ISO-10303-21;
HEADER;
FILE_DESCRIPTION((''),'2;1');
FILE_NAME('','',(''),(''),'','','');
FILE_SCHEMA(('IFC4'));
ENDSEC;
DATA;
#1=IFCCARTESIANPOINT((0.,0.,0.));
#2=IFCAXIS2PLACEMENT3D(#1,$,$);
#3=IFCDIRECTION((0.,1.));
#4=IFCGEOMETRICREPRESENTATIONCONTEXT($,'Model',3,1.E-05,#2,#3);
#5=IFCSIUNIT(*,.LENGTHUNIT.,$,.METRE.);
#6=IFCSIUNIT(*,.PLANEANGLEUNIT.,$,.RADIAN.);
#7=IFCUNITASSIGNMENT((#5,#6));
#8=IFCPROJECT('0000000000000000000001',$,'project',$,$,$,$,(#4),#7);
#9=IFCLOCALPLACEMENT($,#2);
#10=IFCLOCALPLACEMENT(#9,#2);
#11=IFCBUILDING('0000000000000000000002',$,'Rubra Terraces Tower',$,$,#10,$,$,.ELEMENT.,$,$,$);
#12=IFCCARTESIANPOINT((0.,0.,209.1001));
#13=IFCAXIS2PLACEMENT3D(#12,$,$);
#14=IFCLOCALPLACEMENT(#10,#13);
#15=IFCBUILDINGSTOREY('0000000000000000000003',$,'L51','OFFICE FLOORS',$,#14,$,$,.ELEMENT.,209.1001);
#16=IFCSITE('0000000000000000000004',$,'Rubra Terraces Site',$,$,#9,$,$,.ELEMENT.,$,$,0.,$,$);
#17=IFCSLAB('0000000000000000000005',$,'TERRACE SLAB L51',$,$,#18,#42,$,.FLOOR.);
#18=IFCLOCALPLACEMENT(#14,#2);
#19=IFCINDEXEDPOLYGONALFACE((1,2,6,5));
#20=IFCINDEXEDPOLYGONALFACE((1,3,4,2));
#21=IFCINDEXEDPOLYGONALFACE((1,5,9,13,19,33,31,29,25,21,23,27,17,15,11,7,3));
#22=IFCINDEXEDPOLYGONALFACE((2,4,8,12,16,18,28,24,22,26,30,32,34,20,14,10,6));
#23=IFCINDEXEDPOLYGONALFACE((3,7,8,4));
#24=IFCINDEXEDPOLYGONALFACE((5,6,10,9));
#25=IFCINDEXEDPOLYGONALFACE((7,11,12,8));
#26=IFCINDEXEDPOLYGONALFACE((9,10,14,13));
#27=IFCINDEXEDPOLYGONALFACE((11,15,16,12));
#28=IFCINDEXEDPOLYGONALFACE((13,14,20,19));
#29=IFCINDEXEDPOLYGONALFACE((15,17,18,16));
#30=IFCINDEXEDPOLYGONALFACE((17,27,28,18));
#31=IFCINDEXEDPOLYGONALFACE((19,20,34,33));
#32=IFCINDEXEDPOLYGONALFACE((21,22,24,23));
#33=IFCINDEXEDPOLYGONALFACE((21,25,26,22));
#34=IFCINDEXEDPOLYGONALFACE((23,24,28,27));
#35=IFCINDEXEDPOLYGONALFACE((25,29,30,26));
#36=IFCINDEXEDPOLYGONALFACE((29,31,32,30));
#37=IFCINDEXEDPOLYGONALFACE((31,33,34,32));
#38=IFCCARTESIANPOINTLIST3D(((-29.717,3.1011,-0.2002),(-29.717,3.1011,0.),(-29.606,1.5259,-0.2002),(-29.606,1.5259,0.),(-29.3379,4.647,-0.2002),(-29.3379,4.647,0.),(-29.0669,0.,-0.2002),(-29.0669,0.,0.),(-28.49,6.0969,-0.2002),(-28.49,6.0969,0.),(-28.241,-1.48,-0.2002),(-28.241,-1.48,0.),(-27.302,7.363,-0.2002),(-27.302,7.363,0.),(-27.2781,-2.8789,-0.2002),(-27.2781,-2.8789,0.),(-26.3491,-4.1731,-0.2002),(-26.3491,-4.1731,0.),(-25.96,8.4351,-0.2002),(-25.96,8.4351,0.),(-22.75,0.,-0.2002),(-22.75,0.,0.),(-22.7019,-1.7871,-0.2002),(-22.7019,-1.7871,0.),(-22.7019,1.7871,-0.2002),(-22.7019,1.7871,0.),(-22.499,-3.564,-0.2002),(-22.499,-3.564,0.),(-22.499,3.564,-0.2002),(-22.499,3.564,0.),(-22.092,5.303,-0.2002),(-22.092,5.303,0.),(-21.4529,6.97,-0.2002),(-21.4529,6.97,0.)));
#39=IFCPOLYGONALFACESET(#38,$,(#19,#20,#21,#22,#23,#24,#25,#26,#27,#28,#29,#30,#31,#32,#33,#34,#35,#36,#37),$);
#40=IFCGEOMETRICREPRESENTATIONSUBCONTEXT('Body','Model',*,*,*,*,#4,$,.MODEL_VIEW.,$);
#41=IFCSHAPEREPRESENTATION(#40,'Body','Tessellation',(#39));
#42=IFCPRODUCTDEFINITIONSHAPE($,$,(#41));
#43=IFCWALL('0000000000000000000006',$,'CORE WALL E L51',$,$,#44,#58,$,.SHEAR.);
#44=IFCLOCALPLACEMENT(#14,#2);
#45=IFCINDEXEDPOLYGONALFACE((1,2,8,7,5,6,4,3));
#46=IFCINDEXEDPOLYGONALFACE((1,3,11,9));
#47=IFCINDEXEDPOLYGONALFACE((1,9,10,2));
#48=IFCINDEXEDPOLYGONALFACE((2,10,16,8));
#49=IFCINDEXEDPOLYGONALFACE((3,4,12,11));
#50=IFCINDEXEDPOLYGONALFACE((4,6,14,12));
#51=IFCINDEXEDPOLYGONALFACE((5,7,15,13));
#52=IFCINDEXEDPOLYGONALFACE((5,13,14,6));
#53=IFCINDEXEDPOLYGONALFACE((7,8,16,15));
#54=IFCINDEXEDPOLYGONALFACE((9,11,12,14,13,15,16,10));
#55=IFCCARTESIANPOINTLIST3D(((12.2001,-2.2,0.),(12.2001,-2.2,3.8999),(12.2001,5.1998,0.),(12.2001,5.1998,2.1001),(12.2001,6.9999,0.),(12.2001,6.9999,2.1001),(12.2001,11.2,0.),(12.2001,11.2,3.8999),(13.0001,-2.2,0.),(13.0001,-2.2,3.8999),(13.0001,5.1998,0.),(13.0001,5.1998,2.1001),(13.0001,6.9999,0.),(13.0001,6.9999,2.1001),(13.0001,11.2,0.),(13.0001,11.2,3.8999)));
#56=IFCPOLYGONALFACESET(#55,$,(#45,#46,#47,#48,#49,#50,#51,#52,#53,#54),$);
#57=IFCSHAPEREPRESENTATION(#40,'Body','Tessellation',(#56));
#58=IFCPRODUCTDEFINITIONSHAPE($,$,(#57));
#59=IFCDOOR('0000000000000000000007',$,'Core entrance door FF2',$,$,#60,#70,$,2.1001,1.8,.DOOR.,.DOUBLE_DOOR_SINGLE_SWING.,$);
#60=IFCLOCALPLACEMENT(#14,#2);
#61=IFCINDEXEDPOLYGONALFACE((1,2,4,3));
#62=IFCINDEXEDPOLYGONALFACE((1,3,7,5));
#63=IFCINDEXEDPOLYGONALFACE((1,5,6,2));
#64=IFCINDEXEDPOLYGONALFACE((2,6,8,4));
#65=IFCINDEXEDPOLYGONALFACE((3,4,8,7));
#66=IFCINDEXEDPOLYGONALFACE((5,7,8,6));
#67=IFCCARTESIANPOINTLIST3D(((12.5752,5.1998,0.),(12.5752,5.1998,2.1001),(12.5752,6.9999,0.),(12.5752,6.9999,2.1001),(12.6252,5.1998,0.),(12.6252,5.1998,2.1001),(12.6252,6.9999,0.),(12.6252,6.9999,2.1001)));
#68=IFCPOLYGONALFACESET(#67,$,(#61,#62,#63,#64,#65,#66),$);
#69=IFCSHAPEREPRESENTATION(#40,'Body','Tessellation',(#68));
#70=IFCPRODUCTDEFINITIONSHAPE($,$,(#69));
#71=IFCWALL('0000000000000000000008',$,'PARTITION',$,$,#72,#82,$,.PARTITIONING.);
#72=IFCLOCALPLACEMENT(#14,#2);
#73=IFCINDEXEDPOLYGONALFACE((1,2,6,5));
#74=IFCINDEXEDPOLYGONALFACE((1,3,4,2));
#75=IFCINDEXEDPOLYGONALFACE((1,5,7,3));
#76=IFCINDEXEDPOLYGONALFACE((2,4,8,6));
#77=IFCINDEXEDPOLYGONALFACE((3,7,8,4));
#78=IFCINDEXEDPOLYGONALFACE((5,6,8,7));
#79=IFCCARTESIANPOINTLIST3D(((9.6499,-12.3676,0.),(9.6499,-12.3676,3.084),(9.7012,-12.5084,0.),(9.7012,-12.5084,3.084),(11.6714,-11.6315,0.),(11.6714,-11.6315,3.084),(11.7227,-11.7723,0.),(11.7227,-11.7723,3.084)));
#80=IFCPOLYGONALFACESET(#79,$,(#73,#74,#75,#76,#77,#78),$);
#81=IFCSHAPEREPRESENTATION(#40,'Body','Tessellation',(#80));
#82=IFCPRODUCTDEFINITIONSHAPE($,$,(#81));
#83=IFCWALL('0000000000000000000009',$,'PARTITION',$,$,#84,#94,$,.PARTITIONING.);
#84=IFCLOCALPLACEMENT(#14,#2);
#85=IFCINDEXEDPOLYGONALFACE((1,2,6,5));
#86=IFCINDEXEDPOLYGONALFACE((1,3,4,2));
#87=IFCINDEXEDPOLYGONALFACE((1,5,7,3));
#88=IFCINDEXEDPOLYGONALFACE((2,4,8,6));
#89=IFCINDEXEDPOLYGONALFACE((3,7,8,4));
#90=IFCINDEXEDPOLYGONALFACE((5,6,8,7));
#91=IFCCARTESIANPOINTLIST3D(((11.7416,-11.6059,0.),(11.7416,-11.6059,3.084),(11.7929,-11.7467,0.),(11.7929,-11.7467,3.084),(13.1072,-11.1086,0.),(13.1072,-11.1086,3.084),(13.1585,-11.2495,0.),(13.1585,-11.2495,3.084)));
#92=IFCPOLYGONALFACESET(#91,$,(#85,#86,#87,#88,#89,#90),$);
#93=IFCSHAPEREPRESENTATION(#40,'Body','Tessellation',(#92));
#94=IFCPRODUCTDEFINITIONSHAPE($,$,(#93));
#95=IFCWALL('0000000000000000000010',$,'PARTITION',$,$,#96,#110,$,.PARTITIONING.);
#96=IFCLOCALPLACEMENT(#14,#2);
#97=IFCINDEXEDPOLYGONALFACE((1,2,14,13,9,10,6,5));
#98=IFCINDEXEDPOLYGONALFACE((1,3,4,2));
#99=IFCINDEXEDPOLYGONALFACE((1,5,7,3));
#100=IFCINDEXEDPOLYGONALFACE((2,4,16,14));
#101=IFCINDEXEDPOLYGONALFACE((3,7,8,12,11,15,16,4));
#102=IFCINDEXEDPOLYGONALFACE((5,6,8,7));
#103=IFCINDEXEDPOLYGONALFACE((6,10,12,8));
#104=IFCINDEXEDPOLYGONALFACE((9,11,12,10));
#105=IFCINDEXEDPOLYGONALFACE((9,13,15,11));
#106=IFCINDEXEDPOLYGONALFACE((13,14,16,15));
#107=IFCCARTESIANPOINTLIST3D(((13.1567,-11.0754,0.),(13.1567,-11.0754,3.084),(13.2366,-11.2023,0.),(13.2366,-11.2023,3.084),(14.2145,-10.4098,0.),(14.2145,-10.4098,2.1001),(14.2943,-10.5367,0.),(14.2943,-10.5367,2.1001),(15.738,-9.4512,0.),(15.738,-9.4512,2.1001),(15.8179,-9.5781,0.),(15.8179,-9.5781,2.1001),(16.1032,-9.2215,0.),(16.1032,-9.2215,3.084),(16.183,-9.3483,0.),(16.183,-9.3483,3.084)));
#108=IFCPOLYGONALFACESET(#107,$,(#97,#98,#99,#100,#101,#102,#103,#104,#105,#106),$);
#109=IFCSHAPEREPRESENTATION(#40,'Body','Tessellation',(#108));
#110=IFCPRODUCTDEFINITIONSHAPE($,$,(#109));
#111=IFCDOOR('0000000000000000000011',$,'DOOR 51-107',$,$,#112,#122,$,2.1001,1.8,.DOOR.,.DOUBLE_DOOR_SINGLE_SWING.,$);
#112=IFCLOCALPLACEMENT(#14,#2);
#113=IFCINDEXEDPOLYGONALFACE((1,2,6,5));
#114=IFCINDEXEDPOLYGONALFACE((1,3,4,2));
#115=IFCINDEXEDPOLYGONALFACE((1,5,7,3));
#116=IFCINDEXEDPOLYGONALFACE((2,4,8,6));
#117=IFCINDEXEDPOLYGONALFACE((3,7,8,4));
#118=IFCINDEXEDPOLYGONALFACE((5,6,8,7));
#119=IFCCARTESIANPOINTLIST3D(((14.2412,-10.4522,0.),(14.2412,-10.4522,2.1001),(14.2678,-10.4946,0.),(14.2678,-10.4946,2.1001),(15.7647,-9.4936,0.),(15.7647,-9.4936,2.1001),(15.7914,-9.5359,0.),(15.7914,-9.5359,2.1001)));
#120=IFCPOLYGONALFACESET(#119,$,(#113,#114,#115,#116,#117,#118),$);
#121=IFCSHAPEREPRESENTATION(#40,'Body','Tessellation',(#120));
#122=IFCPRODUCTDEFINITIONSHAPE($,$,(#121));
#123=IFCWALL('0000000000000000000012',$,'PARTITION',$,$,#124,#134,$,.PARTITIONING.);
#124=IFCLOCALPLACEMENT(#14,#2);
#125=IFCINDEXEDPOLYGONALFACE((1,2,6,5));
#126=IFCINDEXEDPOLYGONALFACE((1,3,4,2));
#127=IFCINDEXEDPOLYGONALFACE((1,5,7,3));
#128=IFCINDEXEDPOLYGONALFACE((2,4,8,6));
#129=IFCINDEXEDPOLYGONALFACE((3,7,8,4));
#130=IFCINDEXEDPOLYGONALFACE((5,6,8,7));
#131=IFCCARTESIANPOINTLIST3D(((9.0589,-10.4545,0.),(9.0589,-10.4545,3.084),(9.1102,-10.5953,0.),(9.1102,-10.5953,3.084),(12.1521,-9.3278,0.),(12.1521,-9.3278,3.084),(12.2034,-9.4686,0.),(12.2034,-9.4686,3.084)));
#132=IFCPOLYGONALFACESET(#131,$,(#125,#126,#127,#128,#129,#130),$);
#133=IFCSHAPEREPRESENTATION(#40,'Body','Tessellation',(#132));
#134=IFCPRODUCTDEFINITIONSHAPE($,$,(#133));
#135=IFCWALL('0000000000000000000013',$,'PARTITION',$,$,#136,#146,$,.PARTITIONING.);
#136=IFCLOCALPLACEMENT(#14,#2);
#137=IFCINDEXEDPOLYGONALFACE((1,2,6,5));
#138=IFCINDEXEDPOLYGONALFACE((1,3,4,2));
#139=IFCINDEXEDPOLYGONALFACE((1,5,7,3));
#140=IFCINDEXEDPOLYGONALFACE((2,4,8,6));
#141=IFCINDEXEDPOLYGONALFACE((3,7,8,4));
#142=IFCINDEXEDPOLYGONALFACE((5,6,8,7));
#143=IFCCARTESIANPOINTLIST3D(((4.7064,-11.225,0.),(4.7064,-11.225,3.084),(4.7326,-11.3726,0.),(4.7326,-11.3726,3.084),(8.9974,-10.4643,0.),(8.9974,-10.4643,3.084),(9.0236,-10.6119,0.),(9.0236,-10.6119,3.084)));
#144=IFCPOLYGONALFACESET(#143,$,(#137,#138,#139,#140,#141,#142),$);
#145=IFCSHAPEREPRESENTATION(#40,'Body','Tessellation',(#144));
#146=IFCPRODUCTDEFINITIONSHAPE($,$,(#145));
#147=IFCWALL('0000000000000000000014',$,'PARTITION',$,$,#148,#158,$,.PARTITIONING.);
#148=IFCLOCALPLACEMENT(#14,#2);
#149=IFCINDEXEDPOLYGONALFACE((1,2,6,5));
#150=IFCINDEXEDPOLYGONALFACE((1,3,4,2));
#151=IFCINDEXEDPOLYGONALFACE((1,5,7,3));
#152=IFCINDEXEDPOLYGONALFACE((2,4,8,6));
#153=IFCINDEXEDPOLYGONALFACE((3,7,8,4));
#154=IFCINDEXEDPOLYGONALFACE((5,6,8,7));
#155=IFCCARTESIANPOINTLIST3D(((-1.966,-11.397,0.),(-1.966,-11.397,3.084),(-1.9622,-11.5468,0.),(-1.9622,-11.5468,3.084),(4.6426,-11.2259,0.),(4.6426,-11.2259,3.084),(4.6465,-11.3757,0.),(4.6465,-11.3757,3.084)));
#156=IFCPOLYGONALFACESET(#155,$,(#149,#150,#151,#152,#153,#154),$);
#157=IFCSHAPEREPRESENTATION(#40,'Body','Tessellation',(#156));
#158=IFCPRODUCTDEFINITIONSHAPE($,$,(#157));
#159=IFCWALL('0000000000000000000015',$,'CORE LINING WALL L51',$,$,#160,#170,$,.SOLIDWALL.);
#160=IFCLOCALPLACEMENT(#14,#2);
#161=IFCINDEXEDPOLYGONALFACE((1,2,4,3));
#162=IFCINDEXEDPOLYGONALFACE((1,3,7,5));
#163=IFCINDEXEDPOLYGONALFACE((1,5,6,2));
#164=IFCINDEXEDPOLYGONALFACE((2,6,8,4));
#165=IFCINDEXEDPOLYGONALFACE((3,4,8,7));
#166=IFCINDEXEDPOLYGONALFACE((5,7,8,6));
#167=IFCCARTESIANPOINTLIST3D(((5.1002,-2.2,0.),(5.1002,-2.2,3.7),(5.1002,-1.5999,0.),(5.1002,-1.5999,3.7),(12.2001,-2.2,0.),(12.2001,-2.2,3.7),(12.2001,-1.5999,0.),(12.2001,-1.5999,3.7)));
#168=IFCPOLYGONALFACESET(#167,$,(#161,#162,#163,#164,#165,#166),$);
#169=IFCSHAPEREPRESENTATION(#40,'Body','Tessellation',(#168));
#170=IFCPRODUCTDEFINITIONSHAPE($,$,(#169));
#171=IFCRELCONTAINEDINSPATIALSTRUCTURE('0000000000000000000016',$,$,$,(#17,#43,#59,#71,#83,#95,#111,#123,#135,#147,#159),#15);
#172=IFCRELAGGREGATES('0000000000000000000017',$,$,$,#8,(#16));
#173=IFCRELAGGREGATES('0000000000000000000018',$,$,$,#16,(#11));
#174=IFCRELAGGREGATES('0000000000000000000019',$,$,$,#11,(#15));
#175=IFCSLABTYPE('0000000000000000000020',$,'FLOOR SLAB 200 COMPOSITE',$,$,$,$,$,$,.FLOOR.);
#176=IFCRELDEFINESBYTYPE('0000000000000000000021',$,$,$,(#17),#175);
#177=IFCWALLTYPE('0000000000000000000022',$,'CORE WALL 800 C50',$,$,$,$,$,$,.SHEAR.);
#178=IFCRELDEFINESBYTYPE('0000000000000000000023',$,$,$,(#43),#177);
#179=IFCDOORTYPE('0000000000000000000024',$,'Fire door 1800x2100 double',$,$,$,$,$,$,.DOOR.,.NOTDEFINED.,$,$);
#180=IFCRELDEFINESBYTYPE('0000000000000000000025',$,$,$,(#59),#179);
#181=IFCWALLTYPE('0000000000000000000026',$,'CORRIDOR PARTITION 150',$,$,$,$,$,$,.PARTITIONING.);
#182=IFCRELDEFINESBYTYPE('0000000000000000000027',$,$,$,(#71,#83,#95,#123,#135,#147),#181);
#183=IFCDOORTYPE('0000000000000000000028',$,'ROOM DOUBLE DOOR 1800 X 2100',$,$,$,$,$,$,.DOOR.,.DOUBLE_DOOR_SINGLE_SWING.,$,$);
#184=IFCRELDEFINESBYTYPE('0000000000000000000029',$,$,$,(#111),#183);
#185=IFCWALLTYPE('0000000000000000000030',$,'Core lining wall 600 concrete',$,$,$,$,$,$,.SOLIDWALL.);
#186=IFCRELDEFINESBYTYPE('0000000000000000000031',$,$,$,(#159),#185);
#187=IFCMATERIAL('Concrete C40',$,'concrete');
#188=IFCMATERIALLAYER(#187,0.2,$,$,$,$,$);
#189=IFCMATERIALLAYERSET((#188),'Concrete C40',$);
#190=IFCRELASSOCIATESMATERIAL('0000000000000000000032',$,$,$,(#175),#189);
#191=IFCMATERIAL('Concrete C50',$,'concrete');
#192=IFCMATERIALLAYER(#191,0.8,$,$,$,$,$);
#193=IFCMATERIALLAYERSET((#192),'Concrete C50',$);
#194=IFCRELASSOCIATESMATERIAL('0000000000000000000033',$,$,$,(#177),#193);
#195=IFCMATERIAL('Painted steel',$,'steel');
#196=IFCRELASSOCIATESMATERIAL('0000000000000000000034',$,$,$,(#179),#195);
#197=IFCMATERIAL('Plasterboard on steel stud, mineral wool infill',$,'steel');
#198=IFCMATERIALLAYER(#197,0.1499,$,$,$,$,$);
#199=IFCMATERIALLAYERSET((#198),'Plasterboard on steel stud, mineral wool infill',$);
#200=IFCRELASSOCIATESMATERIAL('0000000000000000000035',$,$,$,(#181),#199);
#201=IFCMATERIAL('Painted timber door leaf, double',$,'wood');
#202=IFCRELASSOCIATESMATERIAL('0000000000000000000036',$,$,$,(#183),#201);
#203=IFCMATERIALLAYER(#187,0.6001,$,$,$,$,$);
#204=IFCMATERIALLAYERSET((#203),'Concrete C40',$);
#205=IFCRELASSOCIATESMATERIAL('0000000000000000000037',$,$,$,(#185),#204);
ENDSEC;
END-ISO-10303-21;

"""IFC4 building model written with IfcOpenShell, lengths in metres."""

from ifc_helpers import new_model, si_unit, direction, frame, frame_2d, origin, place, context, subcontext, project, spatial, polyline, rectangle, outline, extrude, material, layer, layer_set, type_object, element, fill, save


model = new_model("IFC4")

# Units and contexts
model_context = context("Model", 3, precision=1e-05, world=origin(), true_north=direction((0.0, 1.0)))
body_context = subcontext(model_context, "Body", "Model", "MODEL_VIEW")
ifc_project = project(units=[si_unit("LENGTHUNIT", "METRE"), si_unit("PLANEANGLEUNIT", "RADIAN")], contexts=[model_context])

# Site, building, storey
site_placement = place(None, origin())
site = spatial("IfcSite", under=ifc_project, at=site_placement, Name="Rubra Terraces Site", CompositionType="ELEMENT", RefElevation=0.0)
building_placement = place(site_placement, origin())
building = spatial("IfcBuilding", under=site, at=building_placement, Name="Rubra Terraces Tower", CompositionType="ELEMENT")
storey_placement = place(building_placement, frame((0.0, 0.0, 209.1001)))
storey = spatial("IfcBuildingStorey", under=building, at=storey_placement, Name="L51", Description="OFFICE FLOORS", CompositionType="ELEMENT", Elevation=209.1001)

# Shared definitions
ifc_material_1 = material(Name="Concrete C40", Category="concrete")

# Slab
ifc_layer_1 = layer(ifc_material_1, 0.2)
ifc_layer_set_1 = layer_set([ifc_layer_1], Name="Concrete C40")
slab_type_1 = type_object("IfcSlabType", Name="FLOOR SLAB 200 COMPOSITE", PredefinedType="FLOOR", material=ifc_layer_set_1)
slab_1_placement = place(storey_placement, frame((0.0, 0.0, -0.2002)))
element("IfcSlab", 1, at=slab_1_placement, inside=storey, type_object=slab_type_1, Name="TERRACE SLAB L51", PredefinedType="FLOOR", context=body_context, shape_type="SweptSolid", body=[
    extrude(outline(polyline([(-25.96, 8.4351), (-27.302, 7.363), (-28.49, 6.0969), (-29.3379, 4.647), (-29.717, 3.1011), (-29.606, 1.5259), (-29.0669, 0.0), (-28.241, -1.48), (-27.2781, -2.8789), (-26.3491, -4.1731), (-22.499, -3.564), (-22.7019, -1.7871), (-22.75, 0.0), (-22.7019, 1.7871), (-22.499, 3.564), (-22.092, 5.303), (-21.4529, 6.97), (-25.96, 8.4351)])), origin(), (0.0, 0.0, 1.0), 0.2002),
])

# Wall, opening, door
ifc_material_2 = material(Name="Concrete C50", Category="concrete")
ifc_layer_2 = layer(ifc_material_2, 0.8)
ifc_layer_set_2 = layer_set([ifc_layer_2], Name="Concrete C50")
wall_type_1 = type_object("IfcWallType", Name="CORE WALL 800 C50", PredefinedType="SHEAR", material=ifc_layer_set_2)
wall_1_placement = place(storey_placement, frame((12.6001, -2.2, 0.0), z_axis=(0.0, 0.0, 1.0), x_axis=(0.0, 1.0, 0.0)))
wall_1 = element("IfcWall", 2, at=wall_1_placement, inside=storey, type_object=wall_type_1, Name="CORE WALL E L51", PredefinedType="SHEAR", context=body_context, shape_type="SweptSolid", body=[
    extrude(rectangle(XDim=13.3999, YDim=0.8, at=frame_2d((6.7, 0.0))), origin(), (0.0, 0.0, 1.0), 3.8999),
])
opening_1_placement = place(wall_1_placement, frame((7.3999, 0.0, 0.0)))
opening_1 = element("IfcOpeningElement", 3, at=opening_1_placement, cuts=wall_1, PredefinedType="OPENING", context=body_context, shape_type="SweptSolid", body=[
    extrude(rectangle(XDim=1.8, YDim=2.1001, at=frame_2d((0.8999, 1.05))), frame((0.0, 0.4099, 0.0), z_axis=(0.0, -1.0, 0.0), x_axis=(1.0, 0.0, 0.0)), (0.0, 0.0, 1.0), 0.8201),
])
ifc_material_3 = material(Name="Painted steel", Category="steel")
door_type_1 = type_object("IfcDoorType", Name="Fire door 1800x2100 double", OperationType="NOTDEFINED", PredefinedType="DOOR", material=ifc_material_3)
door_1_placement = place(opening_1_placement, origin())
door_1 = element("IfcDoor", 4, at=door_1_placement, inside=storey, type_object=door_type_1, Name="Core entrance door FF2", OperationType="DOUBLE_DOOR_SINGLE_SWING", OverallHeight=2.1001, OverallWidth=1.8, PredefinedType="DOOR", context=body_context, shape_type="SweptSolid", body=[
    extrude(rectangle(XDim=1.8, YDim=2.1001, at=frame_2d((0.8999, 1.05))), frame((0.0, 0.0249, 0.0), z_axis=(0.0, -1.0, 0.0), x_axis=(1.0, 0.0, 0.0)), (0.0, 0.0, 1.0), 0.05),
])
fill(opening_1, door_1)

# Walls
ifc_material_4 = material(Name="Plasterboard on steel stud, mineral wool infill", Category="steel")
ifc_layer_3 = layer(ifc_material_4, 0.1499)
ifc_layer_set_3 = layer_set([ifc_layer_3], Name="Plasterboard on steel stud, mineral wool infill")
wall_type_2 = type_object("IfcWallType", Name="CORRIDOR PARTITION 150", PredefinedType="PARTITIONING", material=ifc_layer_set_3)
wall_2_placement = place(storey_placement, frame((9.6755, -12.438, 0.0), z_axis=(0.0, 0.0, 1.0), x_axis=(0.939644, 0.342153, 0.0)))
element("IfcWall", 5, at=wall_2_placement, inside=storey, type_object=wall_type_2, Name="PARTITION", PredefinedType="PARTITIONING", context=body_context, shape_type="SweptSolid", body=[
    extrude(rectangle(XDim=2.1514, YDim=0.1499, at=frame_2d((1.0757, 0.0))), origin(), (0.0, 0.0, 1.0), 3.084),
])
wall_3_placement = place(storey_placement, frame((11.7673, -11.6763, 0.0), z_axis=(0.0, 0.0, 1.0), x_axis=(0.939641, 0.342161, 0.0)))
element("IfcWall", 6, at=wall_3_placement, inside=storey, type_object=wall_type_2, Name="PARTITION", PredefinedType="PARTITIONING", context=body_context, shape_type="SweptSolid", body=[
    extrude(rectangle(XDim=1.4534, YDim=0.1499, at=frame_2d((0.7266, 0.0))), origin(), (0.0, 0.0, 1.0), 3.084),
])

# Wall, opening, door
wall_4_placement = place(storey_placement, frame((13.1965, -11.1389, 0.0), z_axis=(0.0, 0.0, 1.0), x_axis=(0.846391, 0.532562, 0.0)))
wall_4 = element("IfcWall", 7, at=wall_4_placement, inside=storey, type_object=wall_type_2, Name="PARTITION", PredefinedType="PARTITIONING", context=body_context, shape_type="SweptSolid", body=[
    extrude(rectangle(XDim=3.4812, YDim=0.1499, at=frame_2d((1.7407, 0.0))), origin(), (0.0, 0.0, 1.0), 3.084),
])
opening_2_placement = place(wall_4_placement, frame((1.25, 0.0, 0.0)))
opening_2 = element("IfcOpeningElement", 8, at=opening_2_placement, cuts=wall_4, PredefinedType="OPENING", context=body_context, shape_type="SweptSolid", body=[
    extrude(rectangle(XDim=1.8, YDim=2.1001, at=frame_2d((0.8999, 1.05))), frame((0.0, 0.085, 0.0), z_axis=(0.0, -1.0, 0.0), x_axis=(1.0, 0.0, 0.0)), (0.0, 0.0, 1.0), 0.1699),
])
ifc_material_5 = material(Name="Painted timber door leaf, double", Category="wood")
door_type_2 = type_object("IfcDoorType", Name="ROOM DOUBLE DOOR 1800 X 2100", OperationType="DOUBLE_DOOR_SINGLE_SWING", PredefinedType="DOOR", material=ifc_material_5)
door_2_placement = place(opening_2_placement, origin())
door_2 = element("IfcDoor", 9, at=door_2_placement, inside=storey, type_object=door_type_2, Name="DOOR 51-107", OperationType="DOUBLE_DOOR_SINGLE_SWING", OverallHeight=2.1001, OverallWidth=1.8, PredefinedType="DOOR", context=body_context, shape_type="SweptSolid", body=[
    extrude(rectangle(XDim=1.8, YDim=2.1001, at=frame_2d((0.8999, 1.05))), frame((0.0, 0.0249, 0.0), z_axis=(0.0, -1.0, 0.0), x_axis=(1.0, 0.0, 0.0)), (0.0, 0.0, 1.0), 0.05),
])
fill(opening_2, door_2)

# Walls
wall_5_placement = place(storey_placement, frame((12.1777, -9.3982, 0.0), z_axis=(0.0, 0.0, 1.0), x_axis=(-0.939609, -0.342249, 0.0)))
element("IfcWall", 10, at=wall_5_placement, inside=storey, type_object=wall_type_2, Name="PARTITION", PredefinedType="PARTITIONING", context=body_context, shape_type="SweptSolid", body=[
    extrude(rectangle(XDim=3.292, YDim=0.1499, at=frame_2d((1.646, 0.0))), origin(), (0.0, 0.0, 1.0), 3.084),
])
wall_6_placement = place(storey_placement, frame((9.0105, -10.5381, 0.0), z_axis=(0.0, 0.0, 1.0), x_axis=(-0.984646, -0.174565, 0.0)))
element("IfcWall", 11, at=wall_6_placement, inside=storey, type_object=wall_type_2, Name="PARTITION", PredefinedType="PARTITIONING", context=body_context, shape_type="SweptSolid", body=[
    extrude(rectangle(XDim=4.3579, YDim=0.1499, at=frame_2d((2.179, 0.0))), origin(), (0.0, 0.0, 1.0), 3.084),
])
wall_7_placement = place(storey_placement, frame((4.6445, -11.3008, 0.0), z_axis=(0.0, 0.0, 1.0), x_axis=(-0.999665, -0.025888, 0.0)))
element("IfcWall", 12, at=wall_7_placement, inside=storey, type_object=wall_type_2, Name="PARTITION", PredefinedType="PARTITIONING", context=body_context, shape_type="SweptSolid", body=[
    extrude(rectangle(XDim=6.6108, YDim=0.1499, at=frame_2d((3.3054, 0.0))), origin(), (0.0, 0.0, 1.0), 3.084),
])
ifc_layer_4 = layer(ifc_material_1, 0.6001)
ifc_layer_set_4 = layer_set([ifc_layer_4], Name="Concrete C40")
wall_type_3 = type_object("IfcWallType", Name="Core lining wall 600 concrete", PredefinedType="SOLIDWALL", material=ifc_layer_set_4)
wall_8_placement = place(storey_placement, frame((12.2, -1.8999, 0.0), z_axis=(0.0, 0.0, 1.0), x_axis=(-1.0, 0.0, 0.0)))
element("IfcWall", 13, at=wall_8_placement, inside=storey, type_object=wall_type_3, Name="CORE LINING WALL L51", PredefinedType="SOLIDWALL", context=body_context, shape_type="SweptSolid", body=[
    extrude(rectangle(XDim=7.0999, YDim=0.6001, at=frame_2d((3.5498, 0.0))), origin(), (0.0, 0.0, 1.0), 3.7),
])

save(model, "model.ifc")
